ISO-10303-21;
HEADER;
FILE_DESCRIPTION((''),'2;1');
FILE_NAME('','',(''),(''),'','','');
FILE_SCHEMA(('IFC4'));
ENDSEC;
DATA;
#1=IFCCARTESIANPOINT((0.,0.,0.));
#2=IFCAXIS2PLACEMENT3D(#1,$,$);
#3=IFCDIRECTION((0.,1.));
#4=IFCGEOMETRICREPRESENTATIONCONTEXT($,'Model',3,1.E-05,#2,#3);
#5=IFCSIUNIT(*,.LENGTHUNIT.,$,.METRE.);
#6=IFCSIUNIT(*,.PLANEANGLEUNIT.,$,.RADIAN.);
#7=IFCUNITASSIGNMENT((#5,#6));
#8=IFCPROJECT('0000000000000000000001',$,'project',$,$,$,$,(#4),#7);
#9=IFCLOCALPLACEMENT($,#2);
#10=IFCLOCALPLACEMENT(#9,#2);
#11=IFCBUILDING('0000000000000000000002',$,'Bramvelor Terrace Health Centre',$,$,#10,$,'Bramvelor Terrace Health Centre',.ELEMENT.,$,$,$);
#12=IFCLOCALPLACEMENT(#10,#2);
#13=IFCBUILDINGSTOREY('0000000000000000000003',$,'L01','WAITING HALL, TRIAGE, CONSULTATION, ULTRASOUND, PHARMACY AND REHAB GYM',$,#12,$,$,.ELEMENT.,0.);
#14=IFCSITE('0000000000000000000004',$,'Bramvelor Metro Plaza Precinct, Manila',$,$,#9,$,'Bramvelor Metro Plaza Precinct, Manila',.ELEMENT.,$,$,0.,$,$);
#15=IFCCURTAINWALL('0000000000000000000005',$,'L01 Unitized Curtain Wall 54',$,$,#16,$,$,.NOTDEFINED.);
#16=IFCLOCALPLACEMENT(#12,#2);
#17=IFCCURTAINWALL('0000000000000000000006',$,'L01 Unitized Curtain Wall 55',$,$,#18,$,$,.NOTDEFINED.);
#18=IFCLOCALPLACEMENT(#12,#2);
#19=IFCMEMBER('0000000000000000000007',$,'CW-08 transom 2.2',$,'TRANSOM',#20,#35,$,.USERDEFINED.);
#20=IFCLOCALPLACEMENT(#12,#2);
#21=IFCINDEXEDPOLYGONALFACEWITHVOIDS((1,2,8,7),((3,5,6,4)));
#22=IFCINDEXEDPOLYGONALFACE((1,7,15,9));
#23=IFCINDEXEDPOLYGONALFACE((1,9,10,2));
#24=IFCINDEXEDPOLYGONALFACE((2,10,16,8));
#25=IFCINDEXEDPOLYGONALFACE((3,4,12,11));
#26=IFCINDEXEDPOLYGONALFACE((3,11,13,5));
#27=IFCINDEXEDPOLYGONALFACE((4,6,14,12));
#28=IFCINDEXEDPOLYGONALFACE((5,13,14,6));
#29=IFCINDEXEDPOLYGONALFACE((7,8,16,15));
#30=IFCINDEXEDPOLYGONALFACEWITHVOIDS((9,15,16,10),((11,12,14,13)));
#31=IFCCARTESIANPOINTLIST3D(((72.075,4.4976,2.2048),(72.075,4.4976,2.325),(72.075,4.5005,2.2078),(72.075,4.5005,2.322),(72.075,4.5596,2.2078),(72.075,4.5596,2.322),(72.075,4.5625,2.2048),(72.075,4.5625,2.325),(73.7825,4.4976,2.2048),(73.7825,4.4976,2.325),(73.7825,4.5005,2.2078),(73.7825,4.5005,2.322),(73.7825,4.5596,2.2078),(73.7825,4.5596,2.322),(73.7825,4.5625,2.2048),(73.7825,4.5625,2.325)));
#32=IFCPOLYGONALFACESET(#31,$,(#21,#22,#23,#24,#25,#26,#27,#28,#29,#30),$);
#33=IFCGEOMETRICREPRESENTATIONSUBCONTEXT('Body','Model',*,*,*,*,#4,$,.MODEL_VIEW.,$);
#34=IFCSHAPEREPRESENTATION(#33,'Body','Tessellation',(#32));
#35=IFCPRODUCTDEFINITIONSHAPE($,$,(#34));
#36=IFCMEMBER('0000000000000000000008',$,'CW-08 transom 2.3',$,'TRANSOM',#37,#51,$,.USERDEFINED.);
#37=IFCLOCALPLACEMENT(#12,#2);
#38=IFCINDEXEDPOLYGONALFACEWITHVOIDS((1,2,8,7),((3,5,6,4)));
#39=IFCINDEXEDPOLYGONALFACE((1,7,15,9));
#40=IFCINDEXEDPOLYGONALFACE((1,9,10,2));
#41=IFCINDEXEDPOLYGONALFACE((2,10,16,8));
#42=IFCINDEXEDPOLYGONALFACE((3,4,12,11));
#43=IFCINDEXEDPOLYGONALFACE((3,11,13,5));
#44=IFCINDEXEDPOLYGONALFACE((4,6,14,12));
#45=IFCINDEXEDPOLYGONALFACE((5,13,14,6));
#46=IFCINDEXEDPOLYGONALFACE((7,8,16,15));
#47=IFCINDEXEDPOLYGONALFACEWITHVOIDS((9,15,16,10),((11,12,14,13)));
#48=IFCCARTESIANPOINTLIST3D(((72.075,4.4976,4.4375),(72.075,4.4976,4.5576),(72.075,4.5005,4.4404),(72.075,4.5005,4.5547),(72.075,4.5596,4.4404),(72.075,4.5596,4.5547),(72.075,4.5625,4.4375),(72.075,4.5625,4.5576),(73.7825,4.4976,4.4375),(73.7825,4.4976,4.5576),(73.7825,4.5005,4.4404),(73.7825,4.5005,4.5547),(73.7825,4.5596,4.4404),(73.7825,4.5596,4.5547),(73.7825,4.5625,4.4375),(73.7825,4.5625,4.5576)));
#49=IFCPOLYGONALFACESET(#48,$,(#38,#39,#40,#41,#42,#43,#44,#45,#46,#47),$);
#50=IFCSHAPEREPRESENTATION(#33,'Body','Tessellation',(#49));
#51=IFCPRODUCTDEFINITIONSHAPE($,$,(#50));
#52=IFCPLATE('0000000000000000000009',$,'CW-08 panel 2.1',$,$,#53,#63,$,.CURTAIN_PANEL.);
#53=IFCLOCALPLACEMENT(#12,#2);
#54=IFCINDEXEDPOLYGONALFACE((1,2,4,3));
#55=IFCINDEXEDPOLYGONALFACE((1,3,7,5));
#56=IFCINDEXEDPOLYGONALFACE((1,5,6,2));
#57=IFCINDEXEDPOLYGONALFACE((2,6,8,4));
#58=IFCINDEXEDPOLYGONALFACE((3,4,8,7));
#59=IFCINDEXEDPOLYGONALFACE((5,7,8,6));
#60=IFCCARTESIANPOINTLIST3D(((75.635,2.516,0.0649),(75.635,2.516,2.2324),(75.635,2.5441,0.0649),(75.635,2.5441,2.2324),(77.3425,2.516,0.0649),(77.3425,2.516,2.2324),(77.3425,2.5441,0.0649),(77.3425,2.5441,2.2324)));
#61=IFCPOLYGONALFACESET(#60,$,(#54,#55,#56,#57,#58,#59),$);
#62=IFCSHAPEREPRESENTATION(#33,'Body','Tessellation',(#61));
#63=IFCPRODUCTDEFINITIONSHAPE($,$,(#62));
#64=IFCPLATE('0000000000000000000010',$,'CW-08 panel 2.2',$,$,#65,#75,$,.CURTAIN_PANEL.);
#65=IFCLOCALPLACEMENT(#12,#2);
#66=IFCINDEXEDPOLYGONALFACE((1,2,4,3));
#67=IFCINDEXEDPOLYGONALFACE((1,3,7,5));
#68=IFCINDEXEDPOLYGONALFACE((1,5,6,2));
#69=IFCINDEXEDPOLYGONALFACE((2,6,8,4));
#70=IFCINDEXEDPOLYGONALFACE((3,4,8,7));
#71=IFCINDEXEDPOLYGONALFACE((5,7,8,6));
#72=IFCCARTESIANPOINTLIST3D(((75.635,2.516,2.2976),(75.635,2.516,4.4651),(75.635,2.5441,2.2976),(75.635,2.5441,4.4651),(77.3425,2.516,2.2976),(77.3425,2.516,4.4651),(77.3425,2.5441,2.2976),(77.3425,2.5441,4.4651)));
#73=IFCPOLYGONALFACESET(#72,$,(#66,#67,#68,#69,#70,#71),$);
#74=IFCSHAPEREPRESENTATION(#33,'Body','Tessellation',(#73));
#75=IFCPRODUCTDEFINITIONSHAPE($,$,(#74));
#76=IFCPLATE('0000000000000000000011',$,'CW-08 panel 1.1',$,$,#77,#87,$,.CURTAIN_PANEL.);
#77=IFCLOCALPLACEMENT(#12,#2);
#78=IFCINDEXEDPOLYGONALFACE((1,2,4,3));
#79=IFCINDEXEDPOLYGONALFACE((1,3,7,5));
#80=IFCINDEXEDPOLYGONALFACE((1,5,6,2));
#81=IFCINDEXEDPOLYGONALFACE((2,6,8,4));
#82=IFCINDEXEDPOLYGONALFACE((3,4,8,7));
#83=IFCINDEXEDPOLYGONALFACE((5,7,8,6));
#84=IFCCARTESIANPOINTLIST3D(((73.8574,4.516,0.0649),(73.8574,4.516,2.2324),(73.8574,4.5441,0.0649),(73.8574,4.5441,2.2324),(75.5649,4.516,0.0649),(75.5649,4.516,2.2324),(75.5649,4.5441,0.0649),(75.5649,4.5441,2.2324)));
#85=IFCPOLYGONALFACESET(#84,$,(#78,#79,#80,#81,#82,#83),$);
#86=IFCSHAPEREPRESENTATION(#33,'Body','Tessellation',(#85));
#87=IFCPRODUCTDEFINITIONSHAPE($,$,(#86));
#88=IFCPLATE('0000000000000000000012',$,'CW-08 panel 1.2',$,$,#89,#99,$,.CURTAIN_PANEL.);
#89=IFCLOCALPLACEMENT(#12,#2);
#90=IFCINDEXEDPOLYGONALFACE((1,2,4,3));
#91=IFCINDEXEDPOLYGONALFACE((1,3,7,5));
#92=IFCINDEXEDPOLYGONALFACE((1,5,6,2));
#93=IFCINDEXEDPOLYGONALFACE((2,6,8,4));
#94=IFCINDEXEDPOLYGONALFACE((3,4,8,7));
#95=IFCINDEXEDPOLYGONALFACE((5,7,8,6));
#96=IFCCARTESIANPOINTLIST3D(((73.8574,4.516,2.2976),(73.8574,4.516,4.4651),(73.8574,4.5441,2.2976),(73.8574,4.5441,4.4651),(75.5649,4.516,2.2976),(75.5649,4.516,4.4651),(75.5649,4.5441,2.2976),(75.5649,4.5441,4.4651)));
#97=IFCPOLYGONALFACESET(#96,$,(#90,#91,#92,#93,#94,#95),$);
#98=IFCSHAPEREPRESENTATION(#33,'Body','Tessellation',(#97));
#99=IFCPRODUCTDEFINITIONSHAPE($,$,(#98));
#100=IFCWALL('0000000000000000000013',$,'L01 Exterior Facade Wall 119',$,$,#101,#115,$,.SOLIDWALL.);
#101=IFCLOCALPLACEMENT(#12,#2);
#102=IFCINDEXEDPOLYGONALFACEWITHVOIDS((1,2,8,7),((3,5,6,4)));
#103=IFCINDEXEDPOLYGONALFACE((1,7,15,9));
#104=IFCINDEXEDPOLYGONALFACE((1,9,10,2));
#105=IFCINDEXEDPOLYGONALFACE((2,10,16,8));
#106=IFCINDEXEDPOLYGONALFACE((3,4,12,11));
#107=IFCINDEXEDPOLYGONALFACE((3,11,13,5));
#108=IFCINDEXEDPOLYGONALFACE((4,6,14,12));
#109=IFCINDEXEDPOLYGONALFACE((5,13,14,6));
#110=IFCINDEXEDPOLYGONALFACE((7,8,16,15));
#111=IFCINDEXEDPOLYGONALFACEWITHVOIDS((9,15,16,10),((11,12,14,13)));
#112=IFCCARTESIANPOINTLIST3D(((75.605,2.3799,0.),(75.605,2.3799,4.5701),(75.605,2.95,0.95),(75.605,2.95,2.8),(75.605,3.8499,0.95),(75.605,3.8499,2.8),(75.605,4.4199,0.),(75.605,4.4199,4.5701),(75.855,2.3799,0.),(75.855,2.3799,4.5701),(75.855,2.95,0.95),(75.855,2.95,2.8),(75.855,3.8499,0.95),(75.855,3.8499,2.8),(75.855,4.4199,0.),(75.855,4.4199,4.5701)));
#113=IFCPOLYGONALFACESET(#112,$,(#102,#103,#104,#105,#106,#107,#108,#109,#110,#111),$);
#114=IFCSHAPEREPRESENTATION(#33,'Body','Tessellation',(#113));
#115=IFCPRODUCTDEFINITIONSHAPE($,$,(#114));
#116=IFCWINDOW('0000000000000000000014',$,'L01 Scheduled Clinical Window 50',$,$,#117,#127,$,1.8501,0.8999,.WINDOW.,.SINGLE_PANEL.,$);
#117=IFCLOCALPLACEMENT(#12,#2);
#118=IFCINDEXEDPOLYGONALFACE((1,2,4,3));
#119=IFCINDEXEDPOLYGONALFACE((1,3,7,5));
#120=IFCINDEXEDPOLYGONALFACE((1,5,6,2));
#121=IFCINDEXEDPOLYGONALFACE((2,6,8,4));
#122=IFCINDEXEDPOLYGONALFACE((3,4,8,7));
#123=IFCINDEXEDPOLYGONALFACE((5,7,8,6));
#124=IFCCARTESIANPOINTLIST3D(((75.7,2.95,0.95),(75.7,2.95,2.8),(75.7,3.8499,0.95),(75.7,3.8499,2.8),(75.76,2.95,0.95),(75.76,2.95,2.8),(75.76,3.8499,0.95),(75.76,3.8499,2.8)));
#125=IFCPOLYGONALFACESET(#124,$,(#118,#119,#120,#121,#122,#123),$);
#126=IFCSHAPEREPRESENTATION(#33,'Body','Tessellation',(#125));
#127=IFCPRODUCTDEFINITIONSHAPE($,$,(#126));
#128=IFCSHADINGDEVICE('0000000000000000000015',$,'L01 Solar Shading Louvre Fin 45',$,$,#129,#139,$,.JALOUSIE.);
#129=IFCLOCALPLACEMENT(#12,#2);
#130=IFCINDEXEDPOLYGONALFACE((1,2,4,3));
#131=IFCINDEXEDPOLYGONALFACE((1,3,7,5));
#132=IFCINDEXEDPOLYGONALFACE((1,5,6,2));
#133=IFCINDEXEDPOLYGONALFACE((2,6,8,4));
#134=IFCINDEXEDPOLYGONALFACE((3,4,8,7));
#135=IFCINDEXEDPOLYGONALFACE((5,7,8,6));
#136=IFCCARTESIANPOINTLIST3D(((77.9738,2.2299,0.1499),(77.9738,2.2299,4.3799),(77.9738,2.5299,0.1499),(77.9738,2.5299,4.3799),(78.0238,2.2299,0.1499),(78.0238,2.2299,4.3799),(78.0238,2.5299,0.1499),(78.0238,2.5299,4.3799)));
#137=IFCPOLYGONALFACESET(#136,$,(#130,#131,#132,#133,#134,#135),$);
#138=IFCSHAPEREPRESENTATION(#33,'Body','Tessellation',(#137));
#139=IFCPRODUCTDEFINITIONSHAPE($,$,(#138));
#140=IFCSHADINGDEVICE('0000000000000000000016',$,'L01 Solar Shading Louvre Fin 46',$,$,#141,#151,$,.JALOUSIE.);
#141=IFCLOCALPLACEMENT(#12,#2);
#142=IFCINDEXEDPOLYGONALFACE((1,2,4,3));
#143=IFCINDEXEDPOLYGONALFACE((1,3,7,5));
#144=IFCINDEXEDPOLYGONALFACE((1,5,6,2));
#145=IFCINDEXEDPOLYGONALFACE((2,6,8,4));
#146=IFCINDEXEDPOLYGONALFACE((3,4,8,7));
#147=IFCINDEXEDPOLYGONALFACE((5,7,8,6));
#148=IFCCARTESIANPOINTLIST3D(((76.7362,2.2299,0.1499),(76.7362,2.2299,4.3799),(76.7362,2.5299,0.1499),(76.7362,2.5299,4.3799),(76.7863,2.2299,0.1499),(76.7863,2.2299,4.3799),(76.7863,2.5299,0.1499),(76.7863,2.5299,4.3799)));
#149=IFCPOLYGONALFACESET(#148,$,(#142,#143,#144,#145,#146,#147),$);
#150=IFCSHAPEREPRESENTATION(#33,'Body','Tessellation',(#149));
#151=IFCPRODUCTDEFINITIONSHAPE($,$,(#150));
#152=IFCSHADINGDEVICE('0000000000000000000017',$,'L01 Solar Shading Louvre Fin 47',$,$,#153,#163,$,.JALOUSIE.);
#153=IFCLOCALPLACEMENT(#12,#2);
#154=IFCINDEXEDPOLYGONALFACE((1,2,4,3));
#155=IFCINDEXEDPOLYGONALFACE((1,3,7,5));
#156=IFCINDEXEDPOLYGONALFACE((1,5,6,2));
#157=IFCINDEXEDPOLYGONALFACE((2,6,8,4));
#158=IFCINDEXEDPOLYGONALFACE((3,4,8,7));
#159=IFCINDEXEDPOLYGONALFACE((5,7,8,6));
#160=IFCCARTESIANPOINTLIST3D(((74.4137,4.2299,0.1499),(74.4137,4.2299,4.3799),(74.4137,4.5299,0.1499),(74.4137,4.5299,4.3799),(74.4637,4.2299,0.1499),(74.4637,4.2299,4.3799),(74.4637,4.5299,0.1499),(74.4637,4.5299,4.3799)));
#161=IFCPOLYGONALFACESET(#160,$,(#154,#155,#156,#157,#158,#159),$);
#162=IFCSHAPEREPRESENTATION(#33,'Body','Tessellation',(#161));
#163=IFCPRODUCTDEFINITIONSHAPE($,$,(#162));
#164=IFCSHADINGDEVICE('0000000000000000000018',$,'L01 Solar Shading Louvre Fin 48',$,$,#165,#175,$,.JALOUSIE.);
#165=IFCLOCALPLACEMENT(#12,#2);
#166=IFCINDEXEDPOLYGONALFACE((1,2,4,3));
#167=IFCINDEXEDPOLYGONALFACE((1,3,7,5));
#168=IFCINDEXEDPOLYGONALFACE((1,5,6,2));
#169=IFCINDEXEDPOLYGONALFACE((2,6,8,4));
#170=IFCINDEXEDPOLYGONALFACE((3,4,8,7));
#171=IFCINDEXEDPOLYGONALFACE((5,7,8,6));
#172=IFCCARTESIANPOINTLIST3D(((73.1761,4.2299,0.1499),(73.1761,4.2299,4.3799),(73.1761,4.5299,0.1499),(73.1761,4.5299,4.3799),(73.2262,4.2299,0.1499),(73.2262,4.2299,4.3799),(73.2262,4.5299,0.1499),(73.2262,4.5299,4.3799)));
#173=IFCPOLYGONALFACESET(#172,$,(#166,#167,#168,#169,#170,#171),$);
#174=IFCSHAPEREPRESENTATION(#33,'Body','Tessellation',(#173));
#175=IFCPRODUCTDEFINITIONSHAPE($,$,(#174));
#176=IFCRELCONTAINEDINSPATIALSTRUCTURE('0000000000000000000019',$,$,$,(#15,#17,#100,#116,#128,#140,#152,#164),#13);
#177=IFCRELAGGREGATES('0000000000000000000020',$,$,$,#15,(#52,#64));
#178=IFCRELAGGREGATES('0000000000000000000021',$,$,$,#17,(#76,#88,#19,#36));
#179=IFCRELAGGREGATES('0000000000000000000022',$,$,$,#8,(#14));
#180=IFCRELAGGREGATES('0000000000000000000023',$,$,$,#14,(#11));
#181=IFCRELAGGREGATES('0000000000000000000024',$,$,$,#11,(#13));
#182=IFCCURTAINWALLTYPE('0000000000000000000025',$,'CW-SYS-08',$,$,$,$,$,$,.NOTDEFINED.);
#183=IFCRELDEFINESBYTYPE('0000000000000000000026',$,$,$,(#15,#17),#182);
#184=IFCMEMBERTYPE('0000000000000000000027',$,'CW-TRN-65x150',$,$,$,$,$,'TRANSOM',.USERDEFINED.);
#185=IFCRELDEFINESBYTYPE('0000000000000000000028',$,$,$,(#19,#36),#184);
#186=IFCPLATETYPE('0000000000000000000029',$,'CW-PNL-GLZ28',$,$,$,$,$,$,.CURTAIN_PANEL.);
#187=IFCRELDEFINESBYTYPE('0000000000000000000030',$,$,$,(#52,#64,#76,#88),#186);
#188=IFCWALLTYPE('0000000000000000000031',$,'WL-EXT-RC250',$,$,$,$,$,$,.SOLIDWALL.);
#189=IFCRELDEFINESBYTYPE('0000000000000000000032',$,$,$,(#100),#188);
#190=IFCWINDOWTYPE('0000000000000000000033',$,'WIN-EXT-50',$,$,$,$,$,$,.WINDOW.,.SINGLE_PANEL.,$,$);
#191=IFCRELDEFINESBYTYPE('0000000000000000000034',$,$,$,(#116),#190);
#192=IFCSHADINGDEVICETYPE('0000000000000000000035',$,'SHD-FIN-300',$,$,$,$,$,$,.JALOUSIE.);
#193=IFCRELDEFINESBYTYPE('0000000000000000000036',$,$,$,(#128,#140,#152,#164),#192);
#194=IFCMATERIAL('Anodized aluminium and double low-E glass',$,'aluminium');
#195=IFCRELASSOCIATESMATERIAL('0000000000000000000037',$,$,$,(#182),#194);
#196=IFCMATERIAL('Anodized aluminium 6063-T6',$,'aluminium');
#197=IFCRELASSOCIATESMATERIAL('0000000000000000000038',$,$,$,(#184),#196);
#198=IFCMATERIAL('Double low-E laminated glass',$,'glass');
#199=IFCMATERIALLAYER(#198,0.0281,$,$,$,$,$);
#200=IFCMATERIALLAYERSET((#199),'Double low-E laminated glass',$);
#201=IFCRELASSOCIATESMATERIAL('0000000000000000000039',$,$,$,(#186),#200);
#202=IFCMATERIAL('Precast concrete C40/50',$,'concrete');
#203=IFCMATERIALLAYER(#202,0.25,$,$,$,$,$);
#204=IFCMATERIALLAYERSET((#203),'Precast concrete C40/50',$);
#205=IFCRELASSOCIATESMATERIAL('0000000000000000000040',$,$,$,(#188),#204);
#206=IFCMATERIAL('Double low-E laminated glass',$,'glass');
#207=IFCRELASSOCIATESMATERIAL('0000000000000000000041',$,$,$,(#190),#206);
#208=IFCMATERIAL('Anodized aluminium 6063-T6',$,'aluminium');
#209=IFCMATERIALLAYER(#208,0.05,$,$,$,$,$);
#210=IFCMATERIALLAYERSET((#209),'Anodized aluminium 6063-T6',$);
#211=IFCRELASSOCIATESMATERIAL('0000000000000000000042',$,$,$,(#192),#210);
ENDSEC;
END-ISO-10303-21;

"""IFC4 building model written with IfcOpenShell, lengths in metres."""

from ifc_helpers import new_model, si_unit, direction, frame, frame_2d, origin, origin_2d, place, context, subcontext, project, spatial, rectangle, hollow_rectangle, extrude, material, layer, layer_set, material_profile, profile_set, type_object, element, fill, aggregate, save


model = new_model("IFC4")

# Units and contexts
model_context = context("Model", 3, precision=1e-05, world=origin(), true_north=direction((0.0, 1.0)))
body_context = subcontext(model_context, "Body", "Model", "MODEL_VIEW")
ifc_project = project(units=[si_unit("LENGTHUNIT", "METRE"), si_unit("PLANEANGLEUNIT", "RADIAN")], contexts=[model_context])

# Site, building, storey
site_placement = place(None, origin())
site = spatial("IfcSite", under=ifc_project, at=site_placement, Name="Bramvelor Metro Plaza Precinct, Manila", LongName="Bramvelor Metro Plaza Precinct, Manila", CompositionType="ELEMENT", RefElevation=0.0)
building_placement = place(site_placement, origin())
building = spatial("IfcBuilding", under=site, at=building_placement, Name="Bramvelor Terrace Health Centre", LongName="Bramvelor Terrace Health Centre", CompositionType="ELEMENT")
storey_placement = place(building_placement, origin())
storey = spatial("IfcBuildingStorey", under=building, at=storey_placement, Name="L01", Description="WAITING HALL, TRIAGE, CONSULTATION, ULTRASOUND, PHARMACY AND REHAB GYM", CompositionType="ELEMENT", Elevation=0.0)

# Curtain walls
ifc_material_1 = material(Name="Anodized aluminium and double low-E glass", Category="aluminium")
curtain_wall_type = type_object("IfcCurtainWallType", Name="CW-SYS-08", PredefinedType="NOTDEFINED", material=ifc_material_1)
curtain_wall_1_placement = place(storey_placement, origin())
curtain_wall_1 = element("IfcCurtainWall", 1, at=curtain_wall_1_placement, inside=storey, type_object=curtain_wall_type, Name="L01 Unitized Curtain Wall 54", PredefinedType="NOTDEFINED")
curtain_wall_2_placement = place(storey_placement, origin())
curtain_wall_2 = element("IfcCurtainWall", 2, at=curtain_wall_2_placement, inside=storey, type_object=curtain_wall_type, Name="L01 Unitized Curtain Wall 55", PredefinedType="NOTDEFINED")

# Members
ifc_material_2 = material(Name="Anodized aluminium 6063-T6", Category="aluminium")
ifc_material_profile_1 = material_profile(ifc_material_2, hollow_rectangle(XDim=0.0649, YDim=0.1201, WallThickness=0.0029, at=origin_2d()), Name="ALU-TRN 65x120x3.0")
ifc_profile_set_1 = profile_set([ifc_material_profile_1], Name="Anodized aluminium 6063-T6")
member_type_1 = type_object("IfcMemberType", Name="CW-TRN-65x150", ElementType="TRANSOM", PredefinedType="USERDEFINED", material=ifc_profile_set_1)
member_1_placement = place(storey_placement, frame((73.7825, 4.53, 2.2649), z_axis=(-1.0, 0.0, 0.0), x_axis=(0.0, -1.0, 0.0)))
member_1 = element("IfcMember", 3, at=member_1_placement, type_object=member_type_1, Name="CW-08 transom 2.2", ObjectType="TRANSOM", PredefinedType="USERDEFINED", context=body_context, shape_type="SweptSolid", body=[
    extrude(hollow_rectangle(XDim=0.0649, YDim=0.1201, WallThickness=0.0029, at=origin_2d()), origin(), (0.0, 0.0, 1.0), 1.7075),
])
member_2_placement = place(storey_placement, frame((73.7825, 4.53, 4.4976), z_axis=(-1.0, 0.0, 0.0), x_axis=(0.0, -1.0, 0.0)))
member_2 = element("IfcMember", 4, at=member_2_placement, type_object=member_type_1, Name="CW-08 transom 2.3", ObjectType="TRANSOM", PredefinedType="USERDEFINED", context=body_context, shape_type="SweptSolid", body=[
    extrude(hollow_rectangle(XDim=0.0649, YDim=0.1201, WallThickness=0.0029, at=origin_2d()), origin(), (0.0, 0.0, 1.0), 1.7075),
])

# Plates
ifc_material_3 = material(Name="Double low-E laminated glass", Category="glass")
ifc_layer_1 = layer(ifc_material_3, 0.0281)
ifc_layer_set_1 = layer_set([ifc_layer_1], Name="Double low-E laminated glass")
plate_type = type_object("IfcPlateType", Name="CW-PNL-GLZ28", PredefinedType="CURTAIN_PANEL", material=ifc_layer_set_1)
plate_1_placement = place(storey_placement, frame((76.4888, 2.53, 0.0649), z_axis=(0.0, 0.0, 1.0), x_axis=(-1.0, 0.0, 0.0)))
plate_1 = element("IfcPlate", 5, at=plate_1_placement, type_object=plate_type, Name="CW-08 panel 2.1", PredefinedType="CURTAIN_PANEL", context=body_context, shape_type="SweptSolid", body=[
    extrude(rectangle(XDim=1.7075, YDim=0.0281, at=origin_2d()), origin(), (0.0, 0.0, 1.0), 2.1675),
])
plate_2_placement = place(storey_placement, frame((76.4888, 2.53, 2.2976), z_axis=(0.0, 0.0, 1.0), x_axis=(-1.0, 0.0, 0.0)))
plate_2 = element("IfcPlate", 6, at=plate_2_placement, type_object=plate_type, Name="CW-08 panel 2.2", PredefinedType="CURTAIN_PANEL", context=body_context, shape_type="SweptSolid", body=[
    extrude(rectangle(XDim=1.7075, YDim=0.0281, at=origin_2d()), origin(), (0.0, 0.0, 1.0), 2.1675),
])
aggregate(curtain_wall_1, [plate_1, plate_2])
plate_3_placement = place(storey_placement, frame((74.7112, 4.53, 0.0649), z_axis=(0.0, 0.0, 1.0), x_axis=(-1.0, 0.0, 0.0)))
plate_3 = element("IfcPlate", 7, at=plate_3_placement, type_object=plate_type, Name="CW-08 panel 1.1", PredefinedType="CURTAIN_PANEL", context=body_context, shape_type="SweptSolid", body=[
    extrude(rectangle(XDim=1.7075, YDim=0.0281, at=origin_2d()), origin(), (0.0, 0.0, 1.0), 2.1675),
])
plate_4_placement = place(storey_placement, frame((74.7112, 4.53, 2.2976), z_axis=(0.0, 0.0, 1.0), x_axis=(-1.0, 0.0, 0.0)))
plate_4 = element("IfcPlate", 8, at=plate_4_placement, type_object=plate_type, Name="CW-08 panel 1.2", PredefinedType="CURTAIN_PANEL", context=body_context, shape_type="SweptSolid", body=[
    extrude(rectangle(XDim=1.7075, YDim=0.0281, at=origin_2d()), origin(), (0.0, 0.0, 1.0), 2.1675),
])
aggregate(curtain_wall_2, [plate_3, plate_4, member_1, member_2])

# Wall, opening, window
ifc_material_4 = material(Name="Precast concrete C40/50", Category="concrete")
ifc_layer_2 = layer(ifc_material_4, 0.25)
ifc_layer_set_2 = layer_set([ifc_layer_2], Name="Precast concrete C40/50")
wall_type = type_object("IfcWallType", Name="WL-EXT-RC250", PredefinedType="SOLIDWALL", material=ifc_layer_set_2)
wall_placement = place(storey_placement, frame((75.73, 2.3799, 0.0), z_axis=(0.0, 0.0, 1.0), x_axis=(0.0, 1.0, 0.0)))
wall = element("IfcWall", 9, at=wall_placement, inside=storey, type_object=wall_type, Name="L01 Exterior Facade Wall 119", PredefinedType="SOLIDWALL", context=body_context, shape_type="SweptSolid", body=[
    extrude(rectangle(XDim=2.04, YDim=0.25, at=frame_2d((1.02, 0.0))), origin(), (0.0, 0.0, 1.0), 4.5701),
])
opening_placement = place(wall_placement, frame((0.5701, 0.0, 0.95)))
opening = element("IfcOpeningElement", 10, at=opening_placement, cuts=wall, PredefinedType="OPENING", context=body_context, shape_type="SweptSolid", body=[
    extrude(rectangle(XDim=0.8999, YDim=1.8501, at=frame_2d((0.45, 0.925))), frame((0.0, 0.135, 0.0), z_axis=(0.0, -1.0, 0.0), x_axis=(1.0, 0.0, 0.0)), (0.0, 0.0, 1.0), 0.27),
])
ifc_material_5 = material(Name="Double low-E laminated glass", Category="glass")
window_type = type_object("IfcWindowType", Name="WIN-EXT-50", PartitioningType="SINGLE_PANEL", PredefinedType="WINDOW", material=ifc_material_5)
window_placement = place(opening_placement, origin())
window = element("IfcWindow", 11, at=window_placement, inside=storey, type_object=window_type, Name="L01 Scheduled Clinical Window 50", OverallHeight=1.8501, OverallWidth=0.8999, PartitioningType="SINGLE_PANEL", PredefinedType="WINDOW", context=body_context, shape_type="SweptSolid", body=[
    extrude(rectangle(XDim=0.8999, YDim=1.8501, at=frame_2d((0.45, 0.925))), frame((0.0, 0.03, 0.0), z_axis=(0.0, -1.0, 0.0), x_axis=(1.0, 0.0, 0.0)), (0.0, 0.0, 1.0), 0.0601),
])
fill(opening, window)

# Shading devices
ifc_material_6 = material(Name="Anodized aluminium 6063-T6", Category="aluminium")
ifc_layer_3 = layer(ifc_material_6, 0.05)
ifc_layer_set_3 = layer_set([ifc_layer_3], Name="Anodized aluminium 6063-T6")
shading_device_type = type_object("IfcShadingDeviceType", Name="SHD-FIN-300", PredefinedType="JALOUSIE", material=ifc_layer_set_3)
for number, where, z_axis, x_axis, name in (
    (12, (77.9988, 2.3799, 0.1499), (0.0, 0.0, 1.0), (1.0, 0.0, 0.0), "L01 Solar Shading Louvre Fin 45"),
    (13, (76.7612, 2.3799, 0.1499), (0.0, 0.0, 1.0), (1.0, 0.0, 0.0), "L01 Solar Shading Louvre Fin 46"),
    (14, (74.4387, 4.3799, 0.1499), (0.0, 0.0, 1.0), (1.0, 0.0, 0.0), "L01 Solar Shading Louvre Fin 47"),
    (15, (73.2012, 4.3799, 0.1499), (0.0, 0.0, 1.0), (1.0, 0.0, 0.0), "L01 Solar Shading Louvre Fin 48"),
):
    element("IfcShadingDevice", number, at=place(storey_placement, frame(where, z_axis=z_axis, x_axis=x_axis)), inside=storey, type_object=shading_device_type, Name=name, PredefinedType="JALOUSIE", context=body_context, shape_type="SweptSolid", body=[
        extrude(rectangle(XDim=0.05, YDim=0.3, at=origin_2d()), origin(), (0.0, 0.0, 1.0), 4.23),
    ])

save(model, "model.ifc")
